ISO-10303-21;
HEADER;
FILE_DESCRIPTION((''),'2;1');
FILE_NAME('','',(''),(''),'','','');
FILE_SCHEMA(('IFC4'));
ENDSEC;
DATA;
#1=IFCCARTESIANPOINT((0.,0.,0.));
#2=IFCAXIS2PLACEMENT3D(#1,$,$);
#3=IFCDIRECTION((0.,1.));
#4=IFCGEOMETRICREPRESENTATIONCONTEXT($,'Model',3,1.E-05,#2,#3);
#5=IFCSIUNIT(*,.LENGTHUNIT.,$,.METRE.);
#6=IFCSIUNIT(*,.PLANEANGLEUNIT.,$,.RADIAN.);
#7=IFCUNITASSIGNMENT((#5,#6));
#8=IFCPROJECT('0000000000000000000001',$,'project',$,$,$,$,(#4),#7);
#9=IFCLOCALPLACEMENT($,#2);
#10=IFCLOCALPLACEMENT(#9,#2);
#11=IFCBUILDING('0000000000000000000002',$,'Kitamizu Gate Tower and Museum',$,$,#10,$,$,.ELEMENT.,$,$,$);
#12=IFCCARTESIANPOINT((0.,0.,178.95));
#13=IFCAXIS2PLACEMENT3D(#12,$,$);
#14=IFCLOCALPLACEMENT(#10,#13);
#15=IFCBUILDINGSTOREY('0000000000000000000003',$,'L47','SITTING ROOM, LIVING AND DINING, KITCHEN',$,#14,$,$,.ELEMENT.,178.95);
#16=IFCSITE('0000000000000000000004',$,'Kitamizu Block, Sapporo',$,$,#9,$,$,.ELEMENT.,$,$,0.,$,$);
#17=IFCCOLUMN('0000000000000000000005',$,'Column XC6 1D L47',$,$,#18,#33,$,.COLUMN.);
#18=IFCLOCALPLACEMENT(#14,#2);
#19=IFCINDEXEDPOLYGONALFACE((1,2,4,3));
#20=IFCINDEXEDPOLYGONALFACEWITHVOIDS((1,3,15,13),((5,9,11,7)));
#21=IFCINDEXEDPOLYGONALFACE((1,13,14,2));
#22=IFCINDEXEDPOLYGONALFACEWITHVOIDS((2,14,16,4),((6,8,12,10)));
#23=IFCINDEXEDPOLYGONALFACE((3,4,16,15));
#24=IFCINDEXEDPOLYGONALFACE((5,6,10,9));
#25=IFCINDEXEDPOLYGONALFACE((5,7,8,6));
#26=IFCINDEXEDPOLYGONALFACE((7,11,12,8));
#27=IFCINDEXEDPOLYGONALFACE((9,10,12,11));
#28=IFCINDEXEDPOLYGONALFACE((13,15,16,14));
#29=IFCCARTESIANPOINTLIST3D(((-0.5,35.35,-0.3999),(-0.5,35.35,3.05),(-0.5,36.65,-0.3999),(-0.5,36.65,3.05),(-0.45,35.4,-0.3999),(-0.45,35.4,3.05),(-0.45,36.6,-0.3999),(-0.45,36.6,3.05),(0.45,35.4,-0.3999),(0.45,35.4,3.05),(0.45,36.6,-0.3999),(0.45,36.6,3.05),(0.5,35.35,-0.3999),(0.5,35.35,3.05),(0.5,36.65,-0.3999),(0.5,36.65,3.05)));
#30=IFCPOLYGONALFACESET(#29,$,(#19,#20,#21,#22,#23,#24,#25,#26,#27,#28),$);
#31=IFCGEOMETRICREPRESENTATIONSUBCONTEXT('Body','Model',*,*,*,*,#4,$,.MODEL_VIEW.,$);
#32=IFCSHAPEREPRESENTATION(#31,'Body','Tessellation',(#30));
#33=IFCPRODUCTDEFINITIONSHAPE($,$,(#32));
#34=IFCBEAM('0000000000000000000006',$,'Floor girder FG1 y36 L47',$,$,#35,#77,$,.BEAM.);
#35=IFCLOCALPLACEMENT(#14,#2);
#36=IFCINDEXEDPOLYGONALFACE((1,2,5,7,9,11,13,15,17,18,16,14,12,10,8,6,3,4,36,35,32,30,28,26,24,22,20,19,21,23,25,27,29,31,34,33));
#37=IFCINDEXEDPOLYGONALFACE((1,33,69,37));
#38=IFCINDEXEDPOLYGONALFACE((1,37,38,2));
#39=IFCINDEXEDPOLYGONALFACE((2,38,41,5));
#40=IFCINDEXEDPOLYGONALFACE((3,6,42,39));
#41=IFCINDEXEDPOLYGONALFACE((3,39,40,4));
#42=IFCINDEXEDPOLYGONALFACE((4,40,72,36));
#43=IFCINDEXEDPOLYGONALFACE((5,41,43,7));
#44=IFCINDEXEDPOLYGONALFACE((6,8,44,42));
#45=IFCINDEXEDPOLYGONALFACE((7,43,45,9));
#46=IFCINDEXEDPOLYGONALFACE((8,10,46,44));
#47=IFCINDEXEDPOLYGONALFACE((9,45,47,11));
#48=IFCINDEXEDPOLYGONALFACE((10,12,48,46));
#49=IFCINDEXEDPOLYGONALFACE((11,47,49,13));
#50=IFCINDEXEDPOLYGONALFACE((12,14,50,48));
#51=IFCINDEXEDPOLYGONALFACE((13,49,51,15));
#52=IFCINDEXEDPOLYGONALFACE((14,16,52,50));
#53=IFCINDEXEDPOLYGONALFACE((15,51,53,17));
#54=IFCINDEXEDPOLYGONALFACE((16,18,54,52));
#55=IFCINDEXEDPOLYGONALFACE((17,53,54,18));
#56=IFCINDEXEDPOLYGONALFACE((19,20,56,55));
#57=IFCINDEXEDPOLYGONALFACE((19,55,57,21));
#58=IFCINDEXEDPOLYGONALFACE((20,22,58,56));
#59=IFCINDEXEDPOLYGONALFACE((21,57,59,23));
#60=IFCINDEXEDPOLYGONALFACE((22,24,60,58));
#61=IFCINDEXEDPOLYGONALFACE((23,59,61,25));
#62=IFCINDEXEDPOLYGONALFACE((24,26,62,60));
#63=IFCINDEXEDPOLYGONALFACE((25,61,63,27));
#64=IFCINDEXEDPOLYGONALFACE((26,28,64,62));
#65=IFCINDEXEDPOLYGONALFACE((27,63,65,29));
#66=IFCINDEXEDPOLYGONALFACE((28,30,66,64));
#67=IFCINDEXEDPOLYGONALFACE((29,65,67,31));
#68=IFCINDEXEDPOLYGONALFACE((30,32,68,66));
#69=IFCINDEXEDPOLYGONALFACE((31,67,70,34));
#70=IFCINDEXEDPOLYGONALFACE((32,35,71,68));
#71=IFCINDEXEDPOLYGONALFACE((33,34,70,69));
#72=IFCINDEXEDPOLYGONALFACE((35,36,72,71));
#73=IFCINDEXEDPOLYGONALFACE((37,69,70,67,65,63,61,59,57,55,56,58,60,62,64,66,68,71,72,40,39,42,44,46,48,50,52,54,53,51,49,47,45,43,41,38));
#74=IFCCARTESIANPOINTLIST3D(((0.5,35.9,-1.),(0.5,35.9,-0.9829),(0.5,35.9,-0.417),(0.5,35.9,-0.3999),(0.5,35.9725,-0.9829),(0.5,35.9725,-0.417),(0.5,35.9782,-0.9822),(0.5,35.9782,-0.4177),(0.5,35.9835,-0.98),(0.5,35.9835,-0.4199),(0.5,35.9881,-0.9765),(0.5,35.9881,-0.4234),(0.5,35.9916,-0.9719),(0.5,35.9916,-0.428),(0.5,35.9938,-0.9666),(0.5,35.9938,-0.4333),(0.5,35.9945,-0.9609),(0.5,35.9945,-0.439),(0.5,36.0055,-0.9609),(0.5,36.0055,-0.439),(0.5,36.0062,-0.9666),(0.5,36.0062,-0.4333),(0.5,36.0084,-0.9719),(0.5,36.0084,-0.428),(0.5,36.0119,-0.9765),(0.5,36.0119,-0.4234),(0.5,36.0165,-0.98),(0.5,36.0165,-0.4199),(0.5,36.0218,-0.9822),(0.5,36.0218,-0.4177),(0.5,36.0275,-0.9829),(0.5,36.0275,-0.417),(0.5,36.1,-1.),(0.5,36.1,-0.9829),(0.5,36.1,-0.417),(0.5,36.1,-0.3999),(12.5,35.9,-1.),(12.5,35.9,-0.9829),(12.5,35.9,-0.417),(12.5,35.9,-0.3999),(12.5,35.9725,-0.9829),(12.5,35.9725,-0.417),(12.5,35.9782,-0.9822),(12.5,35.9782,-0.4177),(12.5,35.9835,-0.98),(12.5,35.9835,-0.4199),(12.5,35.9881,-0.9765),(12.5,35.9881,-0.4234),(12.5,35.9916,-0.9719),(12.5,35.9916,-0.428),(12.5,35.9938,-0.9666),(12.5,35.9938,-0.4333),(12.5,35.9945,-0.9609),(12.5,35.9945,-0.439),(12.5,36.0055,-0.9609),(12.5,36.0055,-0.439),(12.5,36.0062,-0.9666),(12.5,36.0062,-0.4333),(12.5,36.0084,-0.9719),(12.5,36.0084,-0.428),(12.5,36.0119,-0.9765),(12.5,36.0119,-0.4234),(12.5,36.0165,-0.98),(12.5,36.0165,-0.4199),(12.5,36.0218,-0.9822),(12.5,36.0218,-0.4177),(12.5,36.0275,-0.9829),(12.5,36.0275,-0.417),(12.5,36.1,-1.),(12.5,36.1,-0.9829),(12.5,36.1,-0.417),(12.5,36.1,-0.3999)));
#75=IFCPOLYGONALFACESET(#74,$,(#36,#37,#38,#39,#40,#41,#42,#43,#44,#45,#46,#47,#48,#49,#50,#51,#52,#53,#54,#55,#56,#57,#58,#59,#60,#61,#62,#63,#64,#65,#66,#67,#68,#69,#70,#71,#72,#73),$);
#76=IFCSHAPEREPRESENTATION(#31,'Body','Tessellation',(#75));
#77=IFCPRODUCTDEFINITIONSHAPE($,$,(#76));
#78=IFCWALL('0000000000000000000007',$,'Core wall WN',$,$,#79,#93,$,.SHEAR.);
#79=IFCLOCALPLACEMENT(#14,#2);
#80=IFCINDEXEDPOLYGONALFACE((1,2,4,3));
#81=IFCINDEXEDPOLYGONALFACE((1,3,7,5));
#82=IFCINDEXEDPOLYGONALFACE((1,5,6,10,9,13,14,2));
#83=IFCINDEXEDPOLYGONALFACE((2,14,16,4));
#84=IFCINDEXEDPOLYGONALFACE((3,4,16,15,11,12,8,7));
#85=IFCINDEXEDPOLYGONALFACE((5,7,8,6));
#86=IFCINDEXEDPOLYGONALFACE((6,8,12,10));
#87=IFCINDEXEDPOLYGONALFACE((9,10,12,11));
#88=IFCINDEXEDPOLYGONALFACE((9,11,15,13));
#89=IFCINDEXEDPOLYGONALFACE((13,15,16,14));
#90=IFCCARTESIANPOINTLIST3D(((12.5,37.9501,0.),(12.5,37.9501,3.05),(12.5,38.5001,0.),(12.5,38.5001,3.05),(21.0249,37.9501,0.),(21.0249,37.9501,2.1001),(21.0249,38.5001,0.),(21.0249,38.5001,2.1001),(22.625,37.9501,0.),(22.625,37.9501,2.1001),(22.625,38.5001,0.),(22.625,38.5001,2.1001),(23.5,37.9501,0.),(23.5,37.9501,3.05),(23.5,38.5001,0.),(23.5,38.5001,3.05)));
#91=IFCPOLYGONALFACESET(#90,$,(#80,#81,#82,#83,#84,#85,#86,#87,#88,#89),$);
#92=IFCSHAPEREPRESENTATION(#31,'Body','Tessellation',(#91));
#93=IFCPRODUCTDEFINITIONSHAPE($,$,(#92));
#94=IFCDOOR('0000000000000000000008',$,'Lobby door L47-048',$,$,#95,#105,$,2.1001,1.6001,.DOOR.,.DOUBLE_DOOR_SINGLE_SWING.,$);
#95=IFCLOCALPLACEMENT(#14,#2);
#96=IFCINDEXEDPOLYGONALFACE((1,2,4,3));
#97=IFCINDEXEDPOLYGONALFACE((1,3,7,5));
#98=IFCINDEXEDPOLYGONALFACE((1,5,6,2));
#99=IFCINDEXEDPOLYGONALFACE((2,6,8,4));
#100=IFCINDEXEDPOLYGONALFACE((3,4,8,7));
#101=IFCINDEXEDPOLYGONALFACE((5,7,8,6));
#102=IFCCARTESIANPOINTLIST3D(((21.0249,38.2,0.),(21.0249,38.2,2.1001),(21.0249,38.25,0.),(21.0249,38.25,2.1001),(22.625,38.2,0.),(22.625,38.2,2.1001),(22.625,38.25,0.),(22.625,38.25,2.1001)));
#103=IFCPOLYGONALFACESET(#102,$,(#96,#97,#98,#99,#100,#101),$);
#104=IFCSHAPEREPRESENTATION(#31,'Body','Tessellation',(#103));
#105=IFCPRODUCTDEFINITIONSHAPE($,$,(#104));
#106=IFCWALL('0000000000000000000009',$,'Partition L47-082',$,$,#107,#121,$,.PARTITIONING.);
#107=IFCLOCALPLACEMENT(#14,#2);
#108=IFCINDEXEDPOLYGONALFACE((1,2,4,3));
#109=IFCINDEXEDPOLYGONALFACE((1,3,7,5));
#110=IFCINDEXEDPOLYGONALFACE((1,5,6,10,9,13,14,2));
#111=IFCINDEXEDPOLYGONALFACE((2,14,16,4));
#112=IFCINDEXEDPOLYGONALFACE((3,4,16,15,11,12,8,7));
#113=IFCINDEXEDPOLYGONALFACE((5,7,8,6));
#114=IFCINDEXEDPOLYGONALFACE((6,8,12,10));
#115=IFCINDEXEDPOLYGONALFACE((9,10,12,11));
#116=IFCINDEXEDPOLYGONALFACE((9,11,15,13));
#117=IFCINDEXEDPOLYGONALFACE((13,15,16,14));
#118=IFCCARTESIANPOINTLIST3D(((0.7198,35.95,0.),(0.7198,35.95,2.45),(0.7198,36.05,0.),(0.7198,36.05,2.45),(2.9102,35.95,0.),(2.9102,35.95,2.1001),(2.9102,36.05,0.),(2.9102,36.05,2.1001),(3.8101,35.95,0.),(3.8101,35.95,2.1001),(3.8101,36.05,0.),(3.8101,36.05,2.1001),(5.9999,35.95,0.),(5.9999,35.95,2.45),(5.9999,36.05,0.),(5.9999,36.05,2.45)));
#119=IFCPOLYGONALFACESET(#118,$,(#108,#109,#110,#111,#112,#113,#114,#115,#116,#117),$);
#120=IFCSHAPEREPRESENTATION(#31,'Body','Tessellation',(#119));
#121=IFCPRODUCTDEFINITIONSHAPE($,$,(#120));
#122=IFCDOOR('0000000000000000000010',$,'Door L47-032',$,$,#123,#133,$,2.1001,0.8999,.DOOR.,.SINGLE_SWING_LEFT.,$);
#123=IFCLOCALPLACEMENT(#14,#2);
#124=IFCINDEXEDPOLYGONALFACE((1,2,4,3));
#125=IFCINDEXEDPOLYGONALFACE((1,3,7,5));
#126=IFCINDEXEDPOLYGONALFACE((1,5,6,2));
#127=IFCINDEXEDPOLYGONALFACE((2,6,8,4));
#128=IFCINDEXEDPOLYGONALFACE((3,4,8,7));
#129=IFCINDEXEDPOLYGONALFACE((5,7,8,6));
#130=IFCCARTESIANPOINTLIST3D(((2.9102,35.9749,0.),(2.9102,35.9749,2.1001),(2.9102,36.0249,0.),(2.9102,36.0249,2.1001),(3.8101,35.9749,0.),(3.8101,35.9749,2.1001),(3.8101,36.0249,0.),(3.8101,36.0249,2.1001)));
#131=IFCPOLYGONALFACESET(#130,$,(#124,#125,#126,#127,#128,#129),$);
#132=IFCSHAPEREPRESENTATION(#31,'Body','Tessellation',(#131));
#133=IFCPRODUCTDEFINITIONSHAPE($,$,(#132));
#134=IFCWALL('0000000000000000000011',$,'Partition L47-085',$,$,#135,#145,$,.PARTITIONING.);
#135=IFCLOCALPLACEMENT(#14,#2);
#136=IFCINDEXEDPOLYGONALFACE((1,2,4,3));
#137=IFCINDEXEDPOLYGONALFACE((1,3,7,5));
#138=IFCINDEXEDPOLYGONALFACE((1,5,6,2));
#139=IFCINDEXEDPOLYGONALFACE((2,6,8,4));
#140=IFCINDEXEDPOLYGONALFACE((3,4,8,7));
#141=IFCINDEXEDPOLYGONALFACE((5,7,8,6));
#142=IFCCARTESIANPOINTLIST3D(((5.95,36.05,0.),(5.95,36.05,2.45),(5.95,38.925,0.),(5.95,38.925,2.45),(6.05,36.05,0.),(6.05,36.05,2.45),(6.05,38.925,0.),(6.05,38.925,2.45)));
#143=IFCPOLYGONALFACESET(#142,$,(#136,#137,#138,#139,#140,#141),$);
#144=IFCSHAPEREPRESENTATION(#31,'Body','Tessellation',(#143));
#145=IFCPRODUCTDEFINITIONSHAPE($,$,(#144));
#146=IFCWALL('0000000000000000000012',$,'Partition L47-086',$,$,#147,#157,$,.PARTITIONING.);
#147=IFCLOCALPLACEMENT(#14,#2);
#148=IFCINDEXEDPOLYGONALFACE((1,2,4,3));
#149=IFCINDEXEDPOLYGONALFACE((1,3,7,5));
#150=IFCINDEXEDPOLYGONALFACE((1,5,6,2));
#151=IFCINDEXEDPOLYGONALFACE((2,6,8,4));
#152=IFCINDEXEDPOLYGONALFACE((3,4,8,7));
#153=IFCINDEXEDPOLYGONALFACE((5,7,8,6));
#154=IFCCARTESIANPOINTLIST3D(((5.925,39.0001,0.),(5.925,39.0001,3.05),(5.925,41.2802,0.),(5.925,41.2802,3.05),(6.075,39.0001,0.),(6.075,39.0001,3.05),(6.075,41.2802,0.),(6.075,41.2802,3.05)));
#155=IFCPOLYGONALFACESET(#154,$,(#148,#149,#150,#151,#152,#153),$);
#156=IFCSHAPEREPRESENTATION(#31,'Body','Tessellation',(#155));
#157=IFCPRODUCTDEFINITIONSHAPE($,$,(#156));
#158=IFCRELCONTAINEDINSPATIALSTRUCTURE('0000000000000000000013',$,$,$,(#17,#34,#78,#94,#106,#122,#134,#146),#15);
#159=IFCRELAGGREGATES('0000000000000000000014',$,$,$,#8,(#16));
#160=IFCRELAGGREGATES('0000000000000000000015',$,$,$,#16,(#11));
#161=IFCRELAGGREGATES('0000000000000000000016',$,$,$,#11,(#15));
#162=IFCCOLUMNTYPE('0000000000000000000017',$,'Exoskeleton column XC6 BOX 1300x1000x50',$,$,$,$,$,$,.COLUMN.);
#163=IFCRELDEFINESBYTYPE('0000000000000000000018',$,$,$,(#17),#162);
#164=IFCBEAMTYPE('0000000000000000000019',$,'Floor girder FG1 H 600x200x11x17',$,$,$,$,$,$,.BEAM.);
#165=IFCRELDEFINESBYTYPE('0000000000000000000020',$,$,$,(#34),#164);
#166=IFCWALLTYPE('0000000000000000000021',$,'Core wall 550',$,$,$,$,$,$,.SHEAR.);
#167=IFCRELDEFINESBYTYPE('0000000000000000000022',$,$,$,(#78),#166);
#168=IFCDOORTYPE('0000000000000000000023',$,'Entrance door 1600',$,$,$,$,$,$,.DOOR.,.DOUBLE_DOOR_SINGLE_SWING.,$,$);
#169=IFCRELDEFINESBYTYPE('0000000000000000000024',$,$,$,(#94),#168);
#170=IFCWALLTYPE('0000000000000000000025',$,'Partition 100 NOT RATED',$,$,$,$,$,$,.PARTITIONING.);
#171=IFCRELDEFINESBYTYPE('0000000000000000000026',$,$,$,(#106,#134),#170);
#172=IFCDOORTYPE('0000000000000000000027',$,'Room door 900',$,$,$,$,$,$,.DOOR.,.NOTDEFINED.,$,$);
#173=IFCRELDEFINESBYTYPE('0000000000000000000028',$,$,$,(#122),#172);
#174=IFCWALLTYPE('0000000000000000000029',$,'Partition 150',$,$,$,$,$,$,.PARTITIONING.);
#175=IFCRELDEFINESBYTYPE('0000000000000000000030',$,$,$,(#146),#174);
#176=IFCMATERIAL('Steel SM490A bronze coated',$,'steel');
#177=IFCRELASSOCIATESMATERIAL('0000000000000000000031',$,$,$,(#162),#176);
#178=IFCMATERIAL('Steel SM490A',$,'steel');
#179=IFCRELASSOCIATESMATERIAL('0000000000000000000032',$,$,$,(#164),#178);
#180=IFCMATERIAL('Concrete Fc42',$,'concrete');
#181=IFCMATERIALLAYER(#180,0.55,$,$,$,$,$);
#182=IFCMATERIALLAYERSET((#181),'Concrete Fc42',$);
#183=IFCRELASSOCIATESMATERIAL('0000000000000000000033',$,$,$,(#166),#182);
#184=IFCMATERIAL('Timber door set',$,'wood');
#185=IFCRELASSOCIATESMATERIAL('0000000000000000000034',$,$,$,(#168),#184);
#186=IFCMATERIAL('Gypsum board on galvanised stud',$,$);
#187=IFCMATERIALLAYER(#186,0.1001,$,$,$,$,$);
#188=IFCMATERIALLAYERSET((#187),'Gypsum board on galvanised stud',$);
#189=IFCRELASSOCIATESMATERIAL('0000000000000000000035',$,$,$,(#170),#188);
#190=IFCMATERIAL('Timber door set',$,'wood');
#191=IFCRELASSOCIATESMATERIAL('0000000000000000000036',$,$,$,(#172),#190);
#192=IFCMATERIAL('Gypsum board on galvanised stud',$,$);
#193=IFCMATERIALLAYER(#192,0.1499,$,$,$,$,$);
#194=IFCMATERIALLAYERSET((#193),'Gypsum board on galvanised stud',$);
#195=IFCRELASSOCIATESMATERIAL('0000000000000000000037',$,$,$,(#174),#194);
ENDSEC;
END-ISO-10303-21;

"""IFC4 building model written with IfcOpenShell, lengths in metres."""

from ifc_helpers import new_model, si_unit, direction, frame, frame_2d, origin, origin_2d, place, context, subcontext, project, spatial, rectangle, hollow_rectangle, i_section, extrude, material, layer, layer_set, material_profile, profile_set, type_object, element, fill, save


model = new_model("IFC4")

# Units and contexts
model_context = context("Model", 3, precision=1e-05, world=origin(), true_north=direction((0.0, 1.0)))
body_context = subcontext(model_context, "Body", "Model", "MODEL_VIEW")
ifc_project = project(units=[si_unit("LENGTHUNIT", "METRE"), si_unit("PLANEANGLEUNIT", "RADIAN")], contexts=[model_context])

# Site, building, storey
site_placement = place(None, origin())
site = spatial("IfcSite", under=ifc_project, at=site_placement, Name="Kitamizu Block, Sapporo", CompositionType="ELEMENT", RefElevation=0.0)
building_placement = place(site_placement, origin())
building = spatial("IfcBuilding", under=site, at=building_placement, Name="Kitamizu Gate Tower and Museum", CompositionType="ELEMENT")
storey_placement = place(building_placement, frame((0.0, 0.0, 178.95)))
storey = spatial("IfcBuildingStorey", under=building, at=storey_placement, Name="L47", Description="SITTING ROOM, LIVING AND DINING, KITCHEN", CompositionType="ELEMENT", Elevation=178.95)

# Column
ifc_material_1 = material(Name="Steel SM490A bronze coated", Category="steel")
ifc_material_profile_1 = material_profile(ifc_material_1, hollow_rectangle(XDim=1.3, YDim=1.0, WallThickness=0.05, at=origin_2d()), Name="BOX 1300x1000x50")
ifc_profile_set_1 = profile_set([ifc_material_profile_1], Name="Steel SM490A bronze coated")
column_type = type_object("IfcColumnType", Name="Exoskeleton column XC6 BOX 1300x1000x50", PredefinedType="COLUMN", material=ifc_profile_set_1)
column_placement = place(storey_placement, frame((0.0, 36.0, -0.3999), z_axis=(0.0, 0.0, 1.0), x_axis=(0.0, 1.0, 0.0)))
element("IfcColumn", 1, at=column_placement, inside=storey, type_object=column_type, Name="Column XC6 1D L47", PredefinedType="COLUMN", context=body_context, shape_type="SweptSolid", body=[
    extrude(hollow_rectangle(XDim=1.3, YDim=1.0, WallThickness=0.05, at=origin_2d()), origin(), (0.0, 0.0, 1.0), 3.45),
])

# Beam
ifc_material_2 = material(Name="Steel SM490A", Category="steel")
ifc_material_profile_2 = material_profile(ifc_material_2, i_section(OverallWidth=0.2, OverallDepth=0.6001, WebThickness=0.011, FlangeThickness=0.0171, FilletRadius=0.022, at=origin_2d()), Name="H-600x200x11x17")
ifc_profile_set_2 = profile_set([ifc_material_profile_2], Name="Steel SM490A")
beam_type = type_object("IfcBeamType", Name="Floor girder FG1 H 600x200x11x17", PredefinedType="BEAM", material=ifc_profile_set_2)
beam_placement = place(storey_placement, frame((0.5, 36.0, -0.7), z_axis=(1.0, 0.0, 0.0), x_axis=(0.0, 1.0, 0.0)))
element("IfcBeam", 2, at=beam_placement, inside=storey, type_object=beam_type, Name="Floor girder FG1 y36 L47", PredefinedType="BEAM", context=body_context, shape_type="SweptSolid", body=[
    extrude(i_section(OverallWidth=0.2, OverallDepth=0.6001, WebThickness=0.011, FlangeThickness=0.0171, FilletRadius=0.022, at=origin_2d()), origin(), (0.0, 0.0, 1.0), 12.0),
])

# Walls, openings, doors
ifc_material_3 = material(Name="Concrete Fc42", Category="concrete")
ifc_layer_1 = layer(ifc_material_3, 0.55)
ifc_layer_set_1 = layer_set([ifc_layer_1], Name="Concrete Fc42")
wall_type_1 = type_object("IfcWallType", Name="Core wall 550", PredefinedType="SHEAR", material=ifc_layer_set_1)
wall_1_placement = place(storey_placement, frame((12.5, 38.2251, 0.0), z_axis=(0.0, 0.0, 1.0), x_axis=(1.0, 0.0, 0.0)))
wall_1 = element("IfcWall", 3, at=wall_1_placement, inside=storey, type_object=wall_type_1, Name="Core wall WN", PredefinedType="SHEAR", context=body_context, shape_type="SweptSolid", body=[
    extrude(rectangle(XDim=11.0, YDim=0.55, at=frame_2d((5.5, 0.0))), origin(), (0.0, 0.0, 1.0), 3.05),
])
opening_1_placement = place(wall_1_placement, frame((8.5249, 0.0, 0.0)))
opening_1 = element("IfcOpeningElement", 4, at=opening_1_placement, cuts=wall_1, PredefinedType="OPENING", context=body_context, shape_type="SweptSolid", body=[
    extrude(rectangle(XDim=1.6001, YDim=2.1001, at=frame_2d((0.8, 1.05))), frame((0.0, 0.2852, 0.0), z_axis=(0.0, -1.0, 0.0), x_axis=(1.0, 0.0, 0.0)), (0.0, 0.0, 1.0), 0.5701),
])
ifc_material_4 = material(Name="Timber door set", Category="wood")
door_type_1 = type_object("IfcDoorType", Name="Entrance door 1600", OperationType="DOUBLE_DOOR_SINGLE_SWING", PredefinedType="DOOR", material=ifc_material_4)
door_1_placement = place(opening_1_placement, origin())
door_1 = element("IfcDoor", 5, at=door_1_placement, inside=storey, type_object=door_type_1, Name="Lobby door L47-048", OperationType="DOUBLE_DOOR_SINGLE_SWING", OverallHeight=2.1001, OverallWidth=1.6001, PredefinedType="DOOR", context=body_context, shape_type="SweptSolid", body=[
    extrude(rectangle(XDim=1.6001, YDim=2.1001, at=frame_2d((0.8, 1.05))), frame((0.0, 0.0249, 0.0), z_axis=(0.0, -1.0, 0.0), x_axis=(1.0, 0.0, 0.0)), (0.0, 0.0, 1.0), 0.05),
])
fill(opening_1, door_1)
ifc_material_5 = material(Name="Gypsum board on galvanised stud")
ifc_layer_2 = layer(ifc_material_5, 0.1001)
ifc_layer_set_2 = layer_set([ifc_layer_2], Name="Gypsum board on galvanised stud")
wall_type_2 = type_object("IfcWallType", Name="Partition 100 NOT RATED", PredefinedType="PARTITIONING", material=ifc_layer_set_2)
wall_2_placement = place(storey_placement, frame((6.0, 36.0, 0.0), z_axis=(0.0, 0.0, 1.0), x_axis=(-1.0, 0.0, 0.0)))
wall_2 = element("IfcWall", 6, at=wall_2_placement, inside=storey, type_object=wall_type_2, Name="Partition L47-082", PredefinedType="PARTITIONING", context=body_context, shape_type="SweptSolid", body=[
    extrude(rectangle(XDim=5.28, YDim=0.1001, at=frame_2d((2.6401, 0.0))), origin(), (0.0, 0.0, 1.0), 2.45),
])
opening_2_placement = place(wall_2_placement, frame((2.1899, 0.0, 0.0)))
opening_2 = element("IfcOpeningElement", 7, at=opening_2_placement, cuts=wall_2, PredefinedType="OPENING", context=body_context, shape_type="SweptSolid", body=[
    extrude(rectangle(XDim=0.8999, YDim=2.1001, at=frame_2d((0.45, 1.05))), frame((0.0, 0.0601, 0.0), z_axis=(0.0, -1.0, 0.0), x_axis=(1.0, 0.0, 0.0)), (0.0, 0.0, 1.0), 0.1201),
])
ifc_material_6 = material(Name="Timber door set", Category="wood")
door_type_2 = type_object("IfcDoorType", Name="Room door 900", OperationType="NOTDEFINED", PredefinedType="DOOR", material=ifc_material_6)
door_2_placement = place(opening_2_placement, frame((0.8999, 0.0, 0.0), x_axis=(-1.0, 0.0, 0.0)))
door_2 = element("IfcDoor", 8, at=door_2_placement, inside=storey, type_object=door_type_2, Name="Door L47-032", OperationType="SINGLE_SWING_LEFT", OverallHeight=2.1001, OverallWidth=0.8999, PredefinedType="DOOR", context=body_context, shape_type="SweptSolid", body=[
    extrude(rectangle(XDim=0.8999, YDim=2.1001, at=frame_2d((0.45, 1.05))), frame((0.0, 0.0249, 0.0), z_axis=(0.0, -1.0, 0.0), x_axis=(1.0, 0.0, 0.0)), (0.0, 0.0, 1.0), 0.05),
])
fill(opening_2, door_2)

# Walls
wall_3_placement = place(storey_placement, frame((6.0, 36.05, 0.0), z_axis=(0.0, 0.0, 1.0), x_axis=(0.0, 1.0, 0.0)))
element("IfcWall", 9, at=wall_3_placement, inside=storey, type_object=wall_type_2, Name="Partition L47-085", PredefinedType="PARTITIONING", context=body_context, shape_type="SweptSolid", body=[
    extrude(rectangle(XDim=2.875, YDim=0.1001, at=frame_2d((1.4375, 0.0))), origin(), (0.0, 0.0, 1.0), 2.45),
])
ifc_material_7 = material(Name="Gypsum board on galvanised stud")
ifc_layer_3 = layer(ifc_material_7, 0.1499)
ifc_layer_set_3 = layer_set([ifc_layer_3], Name="Gypsum board on galvanised stud")
wall_type_3 = type_object("IfcWallType", Name="Partition 150", PredefinedType="PARTITIONING", material=ifc_layer_set_3)
wall_4_placement = place(storey_placement, frame((6.0, 39.0, 0.0), z_axis=(0.0, 0.0, 1.0), x_axis=(0.0, 1.0, 0.0)))
element("IfcWall", 10, at=wall_4_placement, inside=storey, type_object=wall_type_3, Name="Partition L47-086", PredefinedType="PARTITIONING", context=body_context, shape_type="SweptSolid", body=[
    extrude(rectangle(XDim=2.28, YDim=0.1499, at=frame_2d((1.1401, 0.0))), origin(), (0.0, 0.0, 1.0), 3.05),
])

save(model, "model.ifc")
